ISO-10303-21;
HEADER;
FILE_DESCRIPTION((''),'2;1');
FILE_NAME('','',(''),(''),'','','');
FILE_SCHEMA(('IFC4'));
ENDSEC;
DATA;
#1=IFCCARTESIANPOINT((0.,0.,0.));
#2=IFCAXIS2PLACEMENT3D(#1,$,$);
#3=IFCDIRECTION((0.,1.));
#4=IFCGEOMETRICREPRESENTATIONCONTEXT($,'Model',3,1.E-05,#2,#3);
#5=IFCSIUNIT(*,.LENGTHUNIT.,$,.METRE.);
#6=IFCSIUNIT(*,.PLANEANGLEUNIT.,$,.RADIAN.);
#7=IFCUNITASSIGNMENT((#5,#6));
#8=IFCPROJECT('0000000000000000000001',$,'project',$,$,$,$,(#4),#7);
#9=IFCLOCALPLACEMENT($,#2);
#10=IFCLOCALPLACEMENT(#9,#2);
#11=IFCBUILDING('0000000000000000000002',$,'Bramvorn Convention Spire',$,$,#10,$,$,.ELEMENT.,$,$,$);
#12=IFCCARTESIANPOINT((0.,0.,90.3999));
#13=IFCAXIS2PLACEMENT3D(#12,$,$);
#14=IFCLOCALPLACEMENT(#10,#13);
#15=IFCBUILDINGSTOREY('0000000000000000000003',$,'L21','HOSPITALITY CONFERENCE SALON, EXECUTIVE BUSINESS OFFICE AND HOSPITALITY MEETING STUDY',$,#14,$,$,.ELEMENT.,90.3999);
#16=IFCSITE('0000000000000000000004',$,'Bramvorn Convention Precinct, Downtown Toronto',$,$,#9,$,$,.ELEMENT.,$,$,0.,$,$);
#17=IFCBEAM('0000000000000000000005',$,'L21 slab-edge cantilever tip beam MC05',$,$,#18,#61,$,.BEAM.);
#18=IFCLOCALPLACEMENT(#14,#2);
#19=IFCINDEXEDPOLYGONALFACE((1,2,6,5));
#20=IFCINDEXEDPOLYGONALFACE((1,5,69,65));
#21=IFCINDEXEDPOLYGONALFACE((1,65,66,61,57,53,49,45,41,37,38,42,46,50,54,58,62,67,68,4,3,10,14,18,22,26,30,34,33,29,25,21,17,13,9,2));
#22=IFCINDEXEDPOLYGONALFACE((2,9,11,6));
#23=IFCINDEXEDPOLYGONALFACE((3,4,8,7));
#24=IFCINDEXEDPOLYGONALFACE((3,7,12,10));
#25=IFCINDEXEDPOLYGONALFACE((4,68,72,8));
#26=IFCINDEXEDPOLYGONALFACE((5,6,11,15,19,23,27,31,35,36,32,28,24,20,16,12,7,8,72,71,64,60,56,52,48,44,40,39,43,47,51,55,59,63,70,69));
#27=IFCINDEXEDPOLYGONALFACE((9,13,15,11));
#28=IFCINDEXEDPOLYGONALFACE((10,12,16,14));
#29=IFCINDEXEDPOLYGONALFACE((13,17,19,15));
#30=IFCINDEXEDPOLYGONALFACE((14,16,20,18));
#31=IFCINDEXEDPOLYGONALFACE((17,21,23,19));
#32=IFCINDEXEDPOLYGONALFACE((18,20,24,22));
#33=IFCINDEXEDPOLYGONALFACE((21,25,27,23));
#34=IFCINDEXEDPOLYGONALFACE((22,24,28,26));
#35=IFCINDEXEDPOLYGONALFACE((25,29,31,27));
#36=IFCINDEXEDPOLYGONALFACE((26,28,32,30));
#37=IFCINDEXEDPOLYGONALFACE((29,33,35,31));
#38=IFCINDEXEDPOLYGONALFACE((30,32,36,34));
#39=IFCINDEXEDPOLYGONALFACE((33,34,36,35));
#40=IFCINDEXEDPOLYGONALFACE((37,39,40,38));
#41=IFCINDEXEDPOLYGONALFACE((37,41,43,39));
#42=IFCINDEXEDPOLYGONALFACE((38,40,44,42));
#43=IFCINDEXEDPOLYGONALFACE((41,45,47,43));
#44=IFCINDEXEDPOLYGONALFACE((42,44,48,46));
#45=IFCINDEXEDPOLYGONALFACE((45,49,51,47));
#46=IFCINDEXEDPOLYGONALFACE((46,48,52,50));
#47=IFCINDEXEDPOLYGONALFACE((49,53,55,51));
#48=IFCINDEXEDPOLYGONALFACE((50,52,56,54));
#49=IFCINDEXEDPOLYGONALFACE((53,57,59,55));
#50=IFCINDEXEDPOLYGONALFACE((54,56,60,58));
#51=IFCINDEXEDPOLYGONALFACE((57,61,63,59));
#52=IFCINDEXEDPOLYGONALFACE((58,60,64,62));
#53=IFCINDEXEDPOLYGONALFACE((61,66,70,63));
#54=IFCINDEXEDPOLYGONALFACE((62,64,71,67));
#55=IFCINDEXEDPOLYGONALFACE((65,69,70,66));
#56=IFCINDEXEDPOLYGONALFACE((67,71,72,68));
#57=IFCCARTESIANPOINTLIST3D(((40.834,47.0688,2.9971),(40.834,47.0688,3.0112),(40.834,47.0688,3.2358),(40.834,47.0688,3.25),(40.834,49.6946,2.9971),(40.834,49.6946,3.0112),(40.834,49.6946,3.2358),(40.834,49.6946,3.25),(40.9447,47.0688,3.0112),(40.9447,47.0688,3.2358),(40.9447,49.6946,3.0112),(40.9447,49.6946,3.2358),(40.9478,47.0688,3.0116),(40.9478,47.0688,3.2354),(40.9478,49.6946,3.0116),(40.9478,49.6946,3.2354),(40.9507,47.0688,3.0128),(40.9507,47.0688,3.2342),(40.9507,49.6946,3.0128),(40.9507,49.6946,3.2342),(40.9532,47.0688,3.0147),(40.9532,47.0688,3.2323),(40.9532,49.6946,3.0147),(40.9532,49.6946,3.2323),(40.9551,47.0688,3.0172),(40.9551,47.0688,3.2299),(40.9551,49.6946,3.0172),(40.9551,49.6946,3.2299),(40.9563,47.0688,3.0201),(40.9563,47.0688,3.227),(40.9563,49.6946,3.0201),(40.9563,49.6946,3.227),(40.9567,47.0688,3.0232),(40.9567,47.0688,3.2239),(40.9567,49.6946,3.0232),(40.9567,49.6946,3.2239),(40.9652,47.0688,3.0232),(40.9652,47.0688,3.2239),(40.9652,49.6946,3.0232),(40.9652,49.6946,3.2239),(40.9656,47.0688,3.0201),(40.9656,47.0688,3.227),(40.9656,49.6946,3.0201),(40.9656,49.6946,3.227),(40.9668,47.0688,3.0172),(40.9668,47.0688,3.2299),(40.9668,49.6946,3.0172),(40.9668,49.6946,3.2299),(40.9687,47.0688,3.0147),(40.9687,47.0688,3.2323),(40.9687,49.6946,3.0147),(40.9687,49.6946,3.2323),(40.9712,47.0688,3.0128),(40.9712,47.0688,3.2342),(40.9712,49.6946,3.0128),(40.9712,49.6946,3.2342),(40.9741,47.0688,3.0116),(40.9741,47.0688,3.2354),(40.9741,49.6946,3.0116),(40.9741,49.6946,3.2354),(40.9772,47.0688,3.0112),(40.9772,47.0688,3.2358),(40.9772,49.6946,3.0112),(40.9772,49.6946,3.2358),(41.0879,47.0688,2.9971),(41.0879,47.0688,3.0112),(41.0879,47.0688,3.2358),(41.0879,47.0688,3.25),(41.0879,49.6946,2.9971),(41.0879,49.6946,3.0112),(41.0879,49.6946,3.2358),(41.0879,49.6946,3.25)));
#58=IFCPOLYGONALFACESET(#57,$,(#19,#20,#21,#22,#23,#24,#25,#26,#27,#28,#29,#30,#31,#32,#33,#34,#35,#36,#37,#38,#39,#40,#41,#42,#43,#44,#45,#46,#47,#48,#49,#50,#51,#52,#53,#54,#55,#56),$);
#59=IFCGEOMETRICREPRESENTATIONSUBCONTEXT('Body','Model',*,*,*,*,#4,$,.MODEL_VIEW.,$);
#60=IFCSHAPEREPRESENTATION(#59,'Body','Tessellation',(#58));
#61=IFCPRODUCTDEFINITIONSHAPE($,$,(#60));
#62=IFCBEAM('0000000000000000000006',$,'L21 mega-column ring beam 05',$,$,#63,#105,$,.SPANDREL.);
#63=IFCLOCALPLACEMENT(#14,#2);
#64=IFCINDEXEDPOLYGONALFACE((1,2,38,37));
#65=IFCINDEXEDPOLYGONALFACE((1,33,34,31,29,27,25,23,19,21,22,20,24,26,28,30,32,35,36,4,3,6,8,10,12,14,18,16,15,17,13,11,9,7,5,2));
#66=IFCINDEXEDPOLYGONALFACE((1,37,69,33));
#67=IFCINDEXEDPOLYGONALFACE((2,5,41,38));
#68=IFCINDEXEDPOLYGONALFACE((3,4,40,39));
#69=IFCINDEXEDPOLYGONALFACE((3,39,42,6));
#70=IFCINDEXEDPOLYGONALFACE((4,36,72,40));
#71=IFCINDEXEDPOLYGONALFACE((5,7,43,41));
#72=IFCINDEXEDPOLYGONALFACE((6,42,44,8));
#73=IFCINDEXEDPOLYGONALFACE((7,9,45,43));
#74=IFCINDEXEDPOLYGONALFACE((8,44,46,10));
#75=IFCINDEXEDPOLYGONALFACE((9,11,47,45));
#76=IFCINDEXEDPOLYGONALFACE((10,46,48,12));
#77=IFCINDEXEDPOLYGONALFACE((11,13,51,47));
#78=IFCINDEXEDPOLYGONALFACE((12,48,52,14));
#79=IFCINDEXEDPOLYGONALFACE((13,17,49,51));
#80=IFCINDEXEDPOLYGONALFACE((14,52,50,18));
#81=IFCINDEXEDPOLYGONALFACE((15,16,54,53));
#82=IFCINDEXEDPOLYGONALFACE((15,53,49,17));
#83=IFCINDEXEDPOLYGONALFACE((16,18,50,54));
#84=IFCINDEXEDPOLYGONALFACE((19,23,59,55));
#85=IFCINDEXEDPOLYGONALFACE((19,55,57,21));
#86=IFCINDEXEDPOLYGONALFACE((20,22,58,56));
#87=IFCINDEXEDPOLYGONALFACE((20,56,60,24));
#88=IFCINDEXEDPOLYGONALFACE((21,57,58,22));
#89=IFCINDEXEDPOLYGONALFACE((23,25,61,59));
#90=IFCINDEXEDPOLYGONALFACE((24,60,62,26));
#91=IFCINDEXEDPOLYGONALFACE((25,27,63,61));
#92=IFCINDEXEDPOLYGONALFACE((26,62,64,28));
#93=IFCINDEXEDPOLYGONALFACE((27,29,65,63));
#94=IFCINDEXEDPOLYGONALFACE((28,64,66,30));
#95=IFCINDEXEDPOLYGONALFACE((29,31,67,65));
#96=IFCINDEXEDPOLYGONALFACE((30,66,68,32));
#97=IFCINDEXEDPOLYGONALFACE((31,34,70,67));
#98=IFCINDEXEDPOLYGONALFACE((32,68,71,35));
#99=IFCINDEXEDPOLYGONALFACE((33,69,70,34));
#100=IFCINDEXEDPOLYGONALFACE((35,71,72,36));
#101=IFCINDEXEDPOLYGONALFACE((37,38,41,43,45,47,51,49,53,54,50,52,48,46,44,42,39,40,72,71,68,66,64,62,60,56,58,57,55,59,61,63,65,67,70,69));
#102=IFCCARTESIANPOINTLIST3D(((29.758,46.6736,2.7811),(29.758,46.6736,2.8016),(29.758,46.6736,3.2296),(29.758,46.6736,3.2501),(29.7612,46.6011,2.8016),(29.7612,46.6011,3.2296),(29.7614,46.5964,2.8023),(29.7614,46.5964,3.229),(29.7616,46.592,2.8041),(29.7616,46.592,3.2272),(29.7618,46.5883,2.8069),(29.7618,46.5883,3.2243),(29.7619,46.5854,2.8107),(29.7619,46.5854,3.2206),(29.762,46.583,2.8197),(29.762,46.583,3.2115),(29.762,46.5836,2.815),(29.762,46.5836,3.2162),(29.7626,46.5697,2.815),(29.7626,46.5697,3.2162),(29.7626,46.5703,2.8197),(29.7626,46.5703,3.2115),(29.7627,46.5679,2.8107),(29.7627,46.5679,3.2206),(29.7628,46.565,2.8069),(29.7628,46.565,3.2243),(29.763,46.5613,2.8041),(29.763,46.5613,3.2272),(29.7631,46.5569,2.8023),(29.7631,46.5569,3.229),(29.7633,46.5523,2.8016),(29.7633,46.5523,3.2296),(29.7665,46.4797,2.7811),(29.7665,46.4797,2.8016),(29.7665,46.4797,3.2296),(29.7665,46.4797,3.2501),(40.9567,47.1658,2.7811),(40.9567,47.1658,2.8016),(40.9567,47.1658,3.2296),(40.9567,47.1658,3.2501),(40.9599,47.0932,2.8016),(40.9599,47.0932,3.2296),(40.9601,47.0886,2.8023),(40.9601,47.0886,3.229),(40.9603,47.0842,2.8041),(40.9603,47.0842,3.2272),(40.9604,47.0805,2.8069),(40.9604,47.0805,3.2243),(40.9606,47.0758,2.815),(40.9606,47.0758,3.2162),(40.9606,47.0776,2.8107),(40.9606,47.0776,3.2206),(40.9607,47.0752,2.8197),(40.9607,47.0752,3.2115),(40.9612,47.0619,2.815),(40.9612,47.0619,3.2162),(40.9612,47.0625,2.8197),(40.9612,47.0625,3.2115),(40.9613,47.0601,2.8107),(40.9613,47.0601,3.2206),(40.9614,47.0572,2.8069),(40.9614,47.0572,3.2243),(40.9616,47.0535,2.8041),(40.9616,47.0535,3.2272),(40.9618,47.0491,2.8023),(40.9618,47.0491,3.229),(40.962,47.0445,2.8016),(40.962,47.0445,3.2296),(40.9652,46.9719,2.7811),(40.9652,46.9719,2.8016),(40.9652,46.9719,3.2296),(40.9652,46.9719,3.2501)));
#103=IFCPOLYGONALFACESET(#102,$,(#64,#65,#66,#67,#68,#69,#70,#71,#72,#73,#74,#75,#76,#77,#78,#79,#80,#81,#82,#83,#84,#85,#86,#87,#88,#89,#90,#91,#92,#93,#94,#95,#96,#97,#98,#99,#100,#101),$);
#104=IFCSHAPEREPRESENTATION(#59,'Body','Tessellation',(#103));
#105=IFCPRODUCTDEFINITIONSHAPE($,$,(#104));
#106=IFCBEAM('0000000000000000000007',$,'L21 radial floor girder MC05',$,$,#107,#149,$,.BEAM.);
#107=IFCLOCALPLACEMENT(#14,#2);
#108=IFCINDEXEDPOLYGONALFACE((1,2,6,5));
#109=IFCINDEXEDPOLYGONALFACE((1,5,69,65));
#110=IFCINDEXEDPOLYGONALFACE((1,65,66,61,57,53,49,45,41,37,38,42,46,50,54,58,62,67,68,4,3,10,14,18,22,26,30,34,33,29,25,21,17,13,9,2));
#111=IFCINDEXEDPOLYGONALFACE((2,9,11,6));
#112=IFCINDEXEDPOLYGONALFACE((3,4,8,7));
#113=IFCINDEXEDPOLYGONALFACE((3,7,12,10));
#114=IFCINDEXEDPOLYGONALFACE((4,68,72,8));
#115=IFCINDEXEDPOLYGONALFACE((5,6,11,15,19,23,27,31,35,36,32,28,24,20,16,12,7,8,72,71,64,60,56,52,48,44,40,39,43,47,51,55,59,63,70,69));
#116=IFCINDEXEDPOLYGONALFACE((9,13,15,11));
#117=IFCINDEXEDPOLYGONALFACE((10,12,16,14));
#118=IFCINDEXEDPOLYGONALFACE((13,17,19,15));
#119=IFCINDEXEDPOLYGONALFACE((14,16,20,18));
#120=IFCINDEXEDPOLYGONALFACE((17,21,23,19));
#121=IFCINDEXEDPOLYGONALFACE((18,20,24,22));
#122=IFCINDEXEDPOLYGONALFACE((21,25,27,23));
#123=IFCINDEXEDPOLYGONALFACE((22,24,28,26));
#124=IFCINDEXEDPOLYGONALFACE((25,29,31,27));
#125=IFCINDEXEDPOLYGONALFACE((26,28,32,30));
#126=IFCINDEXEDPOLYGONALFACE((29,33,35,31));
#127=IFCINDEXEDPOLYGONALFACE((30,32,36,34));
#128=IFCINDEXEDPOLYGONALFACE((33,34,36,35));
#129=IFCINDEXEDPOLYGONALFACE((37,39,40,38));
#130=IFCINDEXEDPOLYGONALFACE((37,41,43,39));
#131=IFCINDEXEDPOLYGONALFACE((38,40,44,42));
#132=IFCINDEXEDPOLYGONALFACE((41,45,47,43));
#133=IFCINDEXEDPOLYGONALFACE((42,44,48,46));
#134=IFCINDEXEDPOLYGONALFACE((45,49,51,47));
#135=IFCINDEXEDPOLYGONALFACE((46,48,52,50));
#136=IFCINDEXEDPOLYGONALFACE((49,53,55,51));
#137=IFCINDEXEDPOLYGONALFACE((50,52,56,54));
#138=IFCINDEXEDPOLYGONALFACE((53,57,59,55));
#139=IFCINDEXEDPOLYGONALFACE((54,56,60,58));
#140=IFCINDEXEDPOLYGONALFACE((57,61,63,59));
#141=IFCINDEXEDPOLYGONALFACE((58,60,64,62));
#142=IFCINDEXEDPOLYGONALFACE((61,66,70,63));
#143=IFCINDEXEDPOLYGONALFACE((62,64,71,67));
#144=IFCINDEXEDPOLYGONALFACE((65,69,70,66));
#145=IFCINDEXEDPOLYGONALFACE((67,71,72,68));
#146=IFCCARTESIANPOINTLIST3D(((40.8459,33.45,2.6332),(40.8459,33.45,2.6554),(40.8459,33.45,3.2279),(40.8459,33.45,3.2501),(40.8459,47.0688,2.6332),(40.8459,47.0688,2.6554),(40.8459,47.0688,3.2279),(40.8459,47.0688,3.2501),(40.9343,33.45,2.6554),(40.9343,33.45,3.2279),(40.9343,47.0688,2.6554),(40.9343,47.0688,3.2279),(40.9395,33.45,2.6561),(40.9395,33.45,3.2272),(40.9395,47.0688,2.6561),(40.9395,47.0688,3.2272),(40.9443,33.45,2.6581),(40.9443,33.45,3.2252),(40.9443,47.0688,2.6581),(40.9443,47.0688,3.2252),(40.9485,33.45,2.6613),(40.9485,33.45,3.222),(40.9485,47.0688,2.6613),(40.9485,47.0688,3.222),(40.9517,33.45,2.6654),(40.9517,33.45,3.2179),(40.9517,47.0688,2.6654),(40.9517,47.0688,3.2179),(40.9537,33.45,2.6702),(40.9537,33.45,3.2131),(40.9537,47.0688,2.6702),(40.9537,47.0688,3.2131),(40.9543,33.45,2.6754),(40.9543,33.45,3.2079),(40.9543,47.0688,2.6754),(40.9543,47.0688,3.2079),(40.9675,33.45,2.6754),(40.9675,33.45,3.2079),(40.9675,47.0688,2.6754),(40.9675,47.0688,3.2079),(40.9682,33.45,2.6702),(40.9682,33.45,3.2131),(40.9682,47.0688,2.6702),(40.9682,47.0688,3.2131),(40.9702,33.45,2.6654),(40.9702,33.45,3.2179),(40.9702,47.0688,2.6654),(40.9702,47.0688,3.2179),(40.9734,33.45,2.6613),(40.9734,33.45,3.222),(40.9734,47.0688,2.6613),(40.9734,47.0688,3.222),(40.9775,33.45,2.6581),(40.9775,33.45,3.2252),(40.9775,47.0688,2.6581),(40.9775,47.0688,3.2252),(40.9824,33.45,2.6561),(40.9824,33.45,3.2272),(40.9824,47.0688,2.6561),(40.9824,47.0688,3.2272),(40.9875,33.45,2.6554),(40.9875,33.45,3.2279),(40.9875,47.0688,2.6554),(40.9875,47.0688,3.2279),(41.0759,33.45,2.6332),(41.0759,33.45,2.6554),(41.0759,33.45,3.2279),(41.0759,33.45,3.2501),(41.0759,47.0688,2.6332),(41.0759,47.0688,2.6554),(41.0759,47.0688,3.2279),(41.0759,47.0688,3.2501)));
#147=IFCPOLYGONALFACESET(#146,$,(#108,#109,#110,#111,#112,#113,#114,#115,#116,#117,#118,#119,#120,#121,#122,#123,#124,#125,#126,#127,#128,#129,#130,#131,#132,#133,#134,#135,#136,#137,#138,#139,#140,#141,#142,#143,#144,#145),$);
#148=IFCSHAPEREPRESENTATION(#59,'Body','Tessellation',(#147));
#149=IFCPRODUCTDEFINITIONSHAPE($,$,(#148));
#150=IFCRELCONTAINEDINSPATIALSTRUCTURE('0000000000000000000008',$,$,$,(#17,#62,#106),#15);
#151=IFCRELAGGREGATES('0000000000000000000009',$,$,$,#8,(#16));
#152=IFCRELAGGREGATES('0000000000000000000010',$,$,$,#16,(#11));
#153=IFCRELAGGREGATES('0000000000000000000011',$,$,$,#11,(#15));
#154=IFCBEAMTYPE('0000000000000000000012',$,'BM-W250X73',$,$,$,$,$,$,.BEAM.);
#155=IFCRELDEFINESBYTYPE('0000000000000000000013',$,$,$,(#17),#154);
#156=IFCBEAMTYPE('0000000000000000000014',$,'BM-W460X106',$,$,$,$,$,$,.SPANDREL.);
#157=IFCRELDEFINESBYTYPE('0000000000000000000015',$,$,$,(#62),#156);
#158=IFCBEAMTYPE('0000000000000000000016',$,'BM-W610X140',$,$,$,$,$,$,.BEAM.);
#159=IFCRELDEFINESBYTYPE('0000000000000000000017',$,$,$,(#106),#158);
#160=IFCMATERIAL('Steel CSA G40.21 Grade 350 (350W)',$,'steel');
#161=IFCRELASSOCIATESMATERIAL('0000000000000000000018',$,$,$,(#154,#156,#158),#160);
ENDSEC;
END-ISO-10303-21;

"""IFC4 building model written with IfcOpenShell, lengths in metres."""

from ifc_helpers import new_model, si_unit, direction, frame, origin, origin_2d, place, context, subcontext, project, spatial, i_section, extrude, material, material_profile, profile_set, type_object, element, save


model = new_model("IFC4")

# Units and contexts
model_context = context("Model", 3, precision=1e-05, world=origin(), true_north=direction((0.0, 1.0)))
body_context = subcontext(model_context, "Body", "Model", "MODEL_VIEW")
ifc_project = project(units=[si_unit("LENGTHUNIT", "METRE"), si_unit("PLANEANGLEUNIT", "RADIAN")], contexts=[model_context])

# Site, building, storey
site_placement = place(None, origin())
site = spatial("IfcSite", under=ifc_project, at=site_placement, Name="Bramvorn Convention Precinct, Downtown Toronto", CompositionType="ELEMENT", RefElevation=0.0)
building_placement = place(site_placement, origin())
building = spatial("IfcBuilding", under=site, at=building_placement, Name="Bramvorn Convention Spire", CompositionType="ELEMENT")
storey_placement = place(building_placement, frame((0.0, 0.0, 90.3999)))
storey = spatial("IfcBuildingStorey", under=building, at=storey_placement, Name="L21", Description="HOSPITALITY CONFERENCE SALON, EXECUTIVE BUSINESS OFFICE AND HOSPITALITY MEETING STUDY", CompositionType="ELEMENT", Elevation=90.3999)

# Shared definitions
ifc_material_1 = material(Name="Steel CSA G40.21 Grade 350 (350W)", Category="steel")

# Beams
ifc_material_profile_1 = material_profile(ifc_material_1, i_section(OverallWidth=0.2539, OverallDepth=0.2529, WebThickness=0.0085, FlangeThickness=0.0142, FilletRadius=0.012, at=origin_2d()))
ifc_profile_set_1 = profile_set([ifc_material_profile_1], Name="Steel CSA G40.21 Grade 350 (350W) - W250X73")
beam_type_1 = type_object("IfcBeamType", Name="BM-W250X73", PredefinedType="BEAM", material=ifc_profile_set_1)
beam_1_placement = place(storey_placement, frame((40.9609, 47.0688, 3.1235), z_axis=(0.0, 1.0, 0.0), x_axis=(-1.0, 0.0, 0.0)))
element("IfcBeam", 1, at=beam_1_placement, inside=storey, type_object=beam_type_1, Name="L21 slab-edge cantilever tip beam MC05", PredefinedType="BEAM", context=body_context, shape_type="SweptSolid", body=[
    extrude(i_section(OverallWidth=0.2539, OverallDepth=0.2529, WebThickness=0.0085, FlangeThickness=0.0142, FilletRadius=0.012, at=origin_2d()), origin(), (0.0, 0.0, 1.0), 2.6257),
])
ifc_material_profile_2 = material_profile(ifc_material_1, i_section(OverallWidth=0.1941, OverallDepth=0.469, WebThickness=0.0127, FlangeThickness=0.0205, FilletRadius=0.0181, at=origin_2d()))
ifc_profile_set_2 = profile_set([ifc_material_profile_2], Name="Steel CSA G40.21 Grade 350 (350W) - W460X106")
beam_type_2 = type_object("IfcBeamType", Name="BM-W460X106", PredefinedType="SPANDREL", material=ifc_profile_set_2)
beam_2_placement = place(storey_placement, frame((40.9609, 47.0688, 3.0156), z_axis=(-0.999036, -0.043908, 0.0), x_axis=(0.043908, -0.999036, 0.0)))
element("IfcBeam", 2, at=beam_2_placement, inside=storey, type_object=beam_type_2, Name="L21 mega-column ring beam 05", PredefinedType="SPANDREL", context=body_context, shape_type="SweptSolid", body=[
    extrude(i_section(OverallWidth=0.1941, OverallDepth=0.469, WebThickness=0.0127, FlangeThickness=0.0205, FilletRadius=0.0181, at=origin_2d()), origin(), (0.0, 0.0, 1.0), 11.2095),
])
ifc_material_profile_3 = material_profile(ifc_material_1, i_section(OverallWidth=0.23, OverallDepth=0.6169, WebThickness=0.0132, FlangeThickness=0.0222, FilletRadius=0.02, at=origin_2d()))
ifc_profile_set_3 = profile_set([ifc_material_profile_3], Name="Steel CSA G40.21 Grade 350 (350W) - W610X140")
beam_type_3 = type_object("IfcBeamType", Name="BM-W610X140", PredefinedType="BEAM", material=ifc_profile_set_3)
beam_3_placement = place(storey_placement, frame((40.9609, 33.45, 2.9417), z_axis=(0.0, 1.0, 0.0), x_axis=(-1.0, 0.0, 0.0)))
element("IfcBeam", 3, at=beam_3_placement, inside=storey, type_object=beam_type_3, Name="L21 radial floor girder MC05", PredefinedType="BEAM", context=body_context, shape_type="SweptSolid", body=[
    extrude(i_section(OverallWidth=0.23, OverallDepth=0.6169, WebThickness=0.0132, FlangeThickness=0.0222, FilletRadius=0.02, at=origin_2d()), origin(), (0.0, 0.0, 1.0), 13.6189),
])

save(model, "model.ifc")
